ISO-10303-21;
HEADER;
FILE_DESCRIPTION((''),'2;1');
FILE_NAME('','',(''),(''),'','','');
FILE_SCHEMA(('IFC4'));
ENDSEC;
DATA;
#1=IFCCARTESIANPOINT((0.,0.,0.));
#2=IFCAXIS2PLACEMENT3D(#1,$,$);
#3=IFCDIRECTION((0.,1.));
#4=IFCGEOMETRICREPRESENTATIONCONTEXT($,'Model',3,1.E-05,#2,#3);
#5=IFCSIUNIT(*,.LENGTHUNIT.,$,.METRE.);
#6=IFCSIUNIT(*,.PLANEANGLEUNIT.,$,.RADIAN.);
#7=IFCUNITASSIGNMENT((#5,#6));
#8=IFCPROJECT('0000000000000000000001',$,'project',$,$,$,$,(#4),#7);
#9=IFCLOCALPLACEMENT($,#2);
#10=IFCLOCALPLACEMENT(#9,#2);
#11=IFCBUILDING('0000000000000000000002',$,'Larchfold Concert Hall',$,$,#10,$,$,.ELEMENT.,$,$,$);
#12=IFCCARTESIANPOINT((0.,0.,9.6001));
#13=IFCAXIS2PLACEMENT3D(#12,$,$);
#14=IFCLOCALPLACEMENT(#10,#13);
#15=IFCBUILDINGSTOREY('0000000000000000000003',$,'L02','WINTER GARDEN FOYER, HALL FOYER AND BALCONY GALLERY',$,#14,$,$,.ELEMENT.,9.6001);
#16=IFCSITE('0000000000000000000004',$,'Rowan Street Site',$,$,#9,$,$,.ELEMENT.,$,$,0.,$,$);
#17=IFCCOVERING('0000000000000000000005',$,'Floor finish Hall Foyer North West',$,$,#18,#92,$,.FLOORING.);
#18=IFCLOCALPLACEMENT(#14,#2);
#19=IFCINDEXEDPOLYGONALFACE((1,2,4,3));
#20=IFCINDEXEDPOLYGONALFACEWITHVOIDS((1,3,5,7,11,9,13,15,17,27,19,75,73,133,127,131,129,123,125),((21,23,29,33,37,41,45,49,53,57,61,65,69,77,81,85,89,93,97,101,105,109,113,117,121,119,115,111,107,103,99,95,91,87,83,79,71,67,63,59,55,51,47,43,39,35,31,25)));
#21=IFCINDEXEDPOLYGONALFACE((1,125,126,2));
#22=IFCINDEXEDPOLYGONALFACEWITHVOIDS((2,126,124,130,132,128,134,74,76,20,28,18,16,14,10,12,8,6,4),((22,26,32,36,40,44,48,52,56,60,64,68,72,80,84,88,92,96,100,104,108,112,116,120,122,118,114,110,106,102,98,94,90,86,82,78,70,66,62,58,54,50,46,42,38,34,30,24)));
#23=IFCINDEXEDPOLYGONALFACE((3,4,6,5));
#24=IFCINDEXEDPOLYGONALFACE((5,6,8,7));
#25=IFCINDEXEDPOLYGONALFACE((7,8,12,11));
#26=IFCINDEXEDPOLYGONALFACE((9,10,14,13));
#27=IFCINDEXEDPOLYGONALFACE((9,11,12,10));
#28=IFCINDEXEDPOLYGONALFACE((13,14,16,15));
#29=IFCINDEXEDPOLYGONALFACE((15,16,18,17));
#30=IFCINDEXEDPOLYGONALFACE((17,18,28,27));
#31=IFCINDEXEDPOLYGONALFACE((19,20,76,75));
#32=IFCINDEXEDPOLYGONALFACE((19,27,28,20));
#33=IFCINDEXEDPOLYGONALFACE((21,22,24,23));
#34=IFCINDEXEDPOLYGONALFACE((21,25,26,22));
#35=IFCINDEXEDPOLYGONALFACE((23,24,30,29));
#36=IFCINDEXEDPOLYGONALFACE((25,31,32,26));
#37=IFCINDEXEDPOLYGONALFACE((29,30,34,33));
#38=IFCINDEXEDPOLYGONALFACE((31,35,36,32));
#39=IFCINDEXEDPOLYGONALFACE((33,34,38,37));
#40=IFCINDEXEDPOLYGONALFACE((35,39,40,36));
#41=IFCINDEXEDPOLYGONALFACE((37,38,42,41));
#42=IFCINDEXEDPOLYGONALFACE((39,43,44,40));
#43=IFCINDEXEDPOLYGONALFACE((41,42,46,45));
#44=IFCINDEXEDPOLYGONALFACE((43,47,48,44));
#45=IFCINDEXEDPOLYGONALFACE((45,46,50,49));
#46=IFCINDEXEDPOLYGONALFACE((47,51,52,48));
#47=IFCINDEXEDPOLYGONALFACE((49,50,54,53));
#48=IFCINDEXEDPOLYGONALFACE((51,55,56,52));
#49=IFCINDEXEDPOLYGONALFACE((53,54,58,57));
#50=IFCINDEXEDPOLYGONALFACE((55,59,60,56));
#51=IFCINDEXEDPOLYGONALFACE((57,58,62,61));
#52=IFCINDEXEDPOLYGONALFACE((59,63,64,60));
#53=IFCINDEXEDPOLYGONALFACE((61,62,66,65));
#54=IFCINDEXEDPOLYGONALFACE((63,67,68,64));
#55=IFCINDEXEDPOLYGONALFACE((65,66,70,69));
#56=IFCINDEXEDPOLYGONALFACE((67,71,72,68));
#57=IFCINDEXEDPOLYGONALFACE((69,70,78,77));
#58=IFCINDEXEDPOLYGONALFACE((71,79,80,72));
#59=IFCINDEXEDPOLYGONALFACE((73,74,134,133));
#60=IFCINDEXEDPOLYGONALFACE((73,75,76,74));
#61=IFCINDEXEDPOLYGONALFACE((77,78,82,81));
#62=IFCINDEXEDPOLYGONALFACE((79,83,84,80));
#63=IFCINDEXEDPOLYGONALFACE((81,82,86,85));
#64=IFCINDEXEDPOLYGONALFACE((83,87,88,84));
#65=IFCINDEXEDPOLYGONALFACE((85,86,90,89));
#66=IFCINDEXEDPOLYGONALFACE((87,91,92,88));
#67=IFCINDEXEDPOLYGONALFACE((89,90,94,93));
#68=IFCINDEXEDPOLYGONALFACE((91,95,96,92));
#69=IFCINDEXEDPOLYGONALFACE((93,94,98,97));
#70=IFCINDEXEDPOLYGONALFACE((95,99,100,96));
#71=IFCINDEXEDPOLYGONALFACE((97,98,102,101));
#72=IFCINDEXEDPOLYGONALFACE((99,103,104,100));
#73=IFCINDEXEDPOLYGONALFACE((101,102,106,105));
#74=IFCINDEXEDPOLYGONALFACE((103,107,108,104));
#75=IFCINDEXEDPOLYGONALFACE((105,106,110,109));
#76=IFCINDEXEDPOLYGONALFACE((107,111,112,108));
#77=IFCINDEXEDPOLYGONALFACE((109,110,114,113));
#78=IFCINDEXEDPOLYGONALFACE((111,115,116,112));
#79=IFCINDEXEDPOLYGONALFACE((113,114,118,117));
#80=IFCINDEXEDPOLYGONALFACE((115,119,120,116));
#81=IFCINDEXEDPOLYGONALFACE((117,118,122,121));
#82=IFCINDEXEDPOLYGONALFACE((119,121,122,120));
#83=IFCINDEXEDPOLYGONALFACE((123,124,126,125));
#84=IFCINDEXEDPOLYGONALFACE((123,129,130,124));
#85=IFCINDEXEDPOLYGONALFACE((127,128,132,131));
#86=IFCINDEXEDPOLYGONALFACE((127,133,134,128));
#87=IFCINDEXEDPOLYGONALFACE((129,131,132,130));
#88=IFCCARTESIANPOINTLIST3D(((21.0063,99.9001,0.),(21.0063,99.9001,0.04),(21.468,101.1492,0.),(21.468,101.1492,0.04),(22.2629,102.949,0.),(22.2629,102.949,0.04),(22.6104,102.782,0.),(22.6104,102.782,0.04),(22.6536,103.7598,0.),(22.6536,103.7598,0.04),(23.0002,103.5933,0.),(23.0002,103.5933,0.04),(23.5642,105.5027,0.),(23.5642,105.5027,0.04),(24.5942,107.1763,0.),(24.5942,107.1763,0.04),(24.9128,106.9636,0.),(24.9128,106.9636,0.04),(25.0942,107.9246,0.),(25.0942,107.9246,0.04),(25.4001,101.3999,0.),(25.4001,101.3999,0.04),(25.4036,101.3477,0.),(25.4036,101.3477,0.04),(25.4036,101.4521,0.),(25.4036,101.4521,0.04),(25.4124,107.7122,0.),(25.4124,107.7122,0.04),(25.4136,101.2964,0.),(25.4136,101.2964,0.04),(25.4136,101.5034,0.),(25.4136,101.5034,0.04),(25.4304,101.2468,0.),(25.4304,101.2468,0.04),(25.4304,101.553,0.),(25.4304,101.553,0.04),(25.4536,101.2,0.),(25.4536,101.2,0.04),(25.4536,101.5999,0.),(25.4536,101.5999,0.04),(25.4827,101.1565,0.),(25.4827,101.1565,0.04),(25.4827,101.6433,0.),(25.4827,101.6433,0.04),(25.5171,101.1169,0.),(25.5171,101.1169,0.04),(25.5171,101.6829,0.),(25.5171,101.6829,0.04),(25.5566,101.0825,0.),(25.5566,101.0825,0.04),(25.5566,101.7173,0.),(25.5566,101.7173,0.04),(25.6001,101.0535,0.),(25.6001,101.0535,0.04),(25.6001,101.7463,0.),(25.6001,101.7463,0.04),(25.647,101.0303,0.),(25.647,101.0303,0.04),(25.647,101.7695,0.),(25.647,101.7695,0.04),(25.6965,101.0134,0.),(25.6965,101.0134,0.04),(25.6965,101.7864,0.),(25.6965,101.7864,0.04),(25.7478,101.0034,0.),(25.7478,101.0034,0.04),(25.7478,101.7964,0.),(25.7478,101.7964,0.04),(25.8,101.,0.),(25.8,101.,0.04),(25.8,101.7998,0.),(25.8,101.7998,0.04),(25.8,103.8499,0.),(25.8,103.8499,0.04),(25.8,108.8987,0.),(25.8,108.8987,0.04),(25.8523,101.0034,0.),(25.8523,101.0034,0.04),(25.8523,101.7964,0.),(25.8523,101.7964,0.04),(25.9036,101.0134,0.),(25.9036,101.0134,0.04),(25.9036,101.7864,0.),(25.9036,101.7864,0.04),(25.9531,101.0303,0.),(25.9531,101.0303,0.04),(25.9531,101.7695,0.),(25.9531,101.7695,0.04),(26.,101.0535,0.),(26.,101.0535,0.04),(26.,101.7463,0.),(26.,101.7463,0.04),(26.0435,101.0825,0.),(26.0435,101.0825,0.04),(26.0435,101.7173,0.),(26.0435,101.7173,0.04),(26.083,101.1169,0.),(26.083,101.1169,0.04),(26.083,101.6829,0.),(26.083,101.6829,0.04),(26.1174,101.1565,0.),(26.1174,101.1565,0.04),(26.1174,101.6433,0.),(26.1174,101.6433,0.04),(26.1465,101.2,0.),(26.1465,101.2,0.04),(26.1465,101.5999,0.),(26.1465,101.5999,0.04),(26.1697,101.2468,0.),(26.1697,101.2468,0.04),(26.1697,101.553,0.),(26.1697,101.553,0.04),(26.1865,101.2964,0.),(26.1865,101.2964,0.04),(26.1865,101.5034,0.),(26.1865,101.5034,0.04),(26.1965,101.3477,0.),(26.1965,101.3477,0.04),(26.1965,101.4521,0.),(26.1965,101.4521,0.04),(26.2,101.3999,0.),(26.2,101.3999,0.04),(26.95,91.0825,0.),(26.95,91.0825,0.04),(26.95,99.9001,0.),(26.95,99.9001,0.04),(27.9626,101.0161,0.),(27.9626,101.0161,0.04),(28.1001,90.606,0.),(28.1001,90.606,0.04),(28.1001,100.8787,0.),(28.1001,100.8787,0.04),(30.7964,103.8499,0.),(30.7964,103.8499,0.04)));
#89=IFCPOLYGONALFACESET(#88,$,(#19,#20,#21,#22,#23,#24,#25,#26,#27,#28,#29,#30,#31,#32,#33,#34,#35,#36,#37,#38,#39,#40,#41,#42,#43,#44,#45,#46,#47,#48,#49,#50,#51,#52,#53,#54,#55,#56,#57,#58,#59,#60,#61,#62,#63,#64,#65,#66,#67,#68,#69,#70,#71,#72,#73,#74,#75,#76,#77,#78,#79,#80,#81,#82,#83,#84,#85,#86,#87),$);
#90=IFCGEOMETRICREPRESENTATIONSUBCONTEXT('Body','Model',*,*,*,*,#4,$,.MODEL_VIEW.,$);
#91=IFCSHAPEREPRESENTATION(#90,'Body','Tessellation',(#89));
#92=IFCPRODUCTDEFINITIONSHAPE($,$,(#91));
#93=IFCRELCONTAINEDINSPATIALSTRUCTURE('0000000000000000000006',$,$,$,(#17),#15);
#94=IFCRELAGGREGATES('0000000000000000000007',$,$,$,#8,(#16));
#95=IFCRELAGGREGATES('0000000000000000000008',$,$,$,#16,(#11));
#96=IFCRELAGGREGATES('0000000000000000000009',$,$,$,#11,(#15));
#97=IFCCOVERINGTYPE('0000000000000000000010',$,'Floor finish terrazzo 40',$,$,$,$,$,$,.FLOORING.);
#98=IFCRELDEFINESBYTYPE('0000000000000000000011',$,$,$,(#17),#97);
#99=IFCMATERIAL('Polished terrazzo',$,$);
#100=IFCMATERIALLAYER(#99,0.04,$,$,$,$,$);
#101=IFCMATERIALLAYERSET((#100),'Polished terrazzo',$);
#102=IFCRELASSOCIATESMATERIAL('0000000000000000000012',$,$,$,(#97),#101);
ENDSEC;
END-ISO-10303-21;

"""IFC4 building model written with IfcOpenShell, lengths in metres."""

from ifc_helpers import new_model, si_unit, direction, frame, origin, place, context, subcontext, project, spatial, polyline, outline, extrude, material, layer, layer_set, type_object, element, save


model = new_model("IFC4")

# Units and contexts
model_context = context("Model", 3, precision=1e-05, world=origin(), true_north=direction((0.0, 1.0)))
body_context = subcontext(model_context, "Body", "Model", "MODEL_VIEW")
ifc_project = project(units=[si_unit("LENGTHUNIT", "METRE"), si_unit("PLANEANGLEUNIT", "RADIAN")], contexts=[model_context])

# Site, building, storey
site_placement = place(None, origin())
site = spatial("IfcSite", under=ifc_project, at=site_placement, Name="Rowan Street Site", CompositionType="ELEMENT", RefElevation=0.0)
building_placement = place(site_placement, origin())
building = spatial("IfcBuilding", under=site, at=building_placement, Name="Larchfold Concert Hall", CompositionType="ELEMENT")
storey_placement = place(building_placement, frame((0.0, 0.0, 9.6001)))
storey = spatial("IfcBuildingStorey", under=building, at=storey_placement, Name="L02", Description="WINTER GARDEN FOYER, HALL FOYER AND BALCONY GALLERY", CompositionType="ELEMENT", Elevation=9.6001)

# Covering
ifc_material_1 = material(Name="Polished terrazzo")
ifc_layer_1 = layer(ifc_material_1, 0.04)
ifc_layer_set_1 = layer_set([ifc_layer_1], Name="Polished terrazzo")
covering_type_1 = type_object("IfcCoveringType", Name="Floor finish terrazzo 40", PredefinedType="FLOORING", material=ifc_layer_set_1)
covering_1_placement = place(storey_placement, origin())
element("IfcCovering", 1, at=covering_1_placement, inside=storey, type_object=covering_type_1, Name="Floor finish Hall Foyer North West", PredefinedType="FLOORING", context=body_context, shape_type="SweptSolid", body=[
    extrude(outline(polyline([(26.95, 99.9001), (26.95, 91.0825), (28.1001, 90.606), (28.1001, 100.8787), (27.9626, 101.0161), (30.7964, 103.8499), (25.8, 103.8499), (25.8, 108.8987), (25.0942, 107.9246), (25.4124, 107.7122), (24.9128, 106.9636), (24.5942, 107.1763), (23.5642, 105.5027), (22.6536, 103.7598), (23.0002, 103.5933), (22.6104, 102.782), (22.2629, 102.949), (21.468, 101.1492), (21.0063, 99.9001), (26.95, 99.9001)]), holes=[polyline([(25.6001, 101.0535), (25.5566, 101.0825), (25.5171, 101.1169), (25.4827, 101.1565), (25.4536, 101.2), (25.4304, 101.2468), (25.4136, 101.2964), (25.4036, 101.3477), (25.4001, 101.3999), (25.4036, 101.4521), (25.4136, 101.5034), (25.4304, 101.553), (25.4536, 101.5999), (25.4827, 101.6433), (25.5171, 101.6829), (25.5566, 101.7173), (25.6001, 101.7463), (25.647, 101.7695), (25.6965, 101.7864), (25.7478, 101.7964), (25.8, 101.7998), (25.8523, 101.7964), (25.9036, 101.7864), (25.9531, 101.7695), (26.0, 101.7463), (26.0435, 101.7173), (26.083, 101.6829), (26.1174, 101.6433), (26.1465, 101.5999), (26.1697, 101.553), (26.1865, 101.5034), (26.1965, 101.4521), (26.2, 101.3999), (26.1965, 101.3477), (26.1865, 101.2964), (26.1697, 101.2468), (26.1465, 101.2), (26.1174, 101.1565), (26.083, 101.1169), (26.0435, 101.0825), (26.0, 101.0535), (25.9531, 101.0303), (25.9036, 101.0134), (25.8523, 101.0034), (25.8, 101.0), (25.7478, 101.0034), (25.6965, 101.0134), (25.647, 101.0303), (25.6001, 101.0535)])]), origin(), (0.0, 0.0, 1.0), 0.04),
])

save(model, "model.ifc")
